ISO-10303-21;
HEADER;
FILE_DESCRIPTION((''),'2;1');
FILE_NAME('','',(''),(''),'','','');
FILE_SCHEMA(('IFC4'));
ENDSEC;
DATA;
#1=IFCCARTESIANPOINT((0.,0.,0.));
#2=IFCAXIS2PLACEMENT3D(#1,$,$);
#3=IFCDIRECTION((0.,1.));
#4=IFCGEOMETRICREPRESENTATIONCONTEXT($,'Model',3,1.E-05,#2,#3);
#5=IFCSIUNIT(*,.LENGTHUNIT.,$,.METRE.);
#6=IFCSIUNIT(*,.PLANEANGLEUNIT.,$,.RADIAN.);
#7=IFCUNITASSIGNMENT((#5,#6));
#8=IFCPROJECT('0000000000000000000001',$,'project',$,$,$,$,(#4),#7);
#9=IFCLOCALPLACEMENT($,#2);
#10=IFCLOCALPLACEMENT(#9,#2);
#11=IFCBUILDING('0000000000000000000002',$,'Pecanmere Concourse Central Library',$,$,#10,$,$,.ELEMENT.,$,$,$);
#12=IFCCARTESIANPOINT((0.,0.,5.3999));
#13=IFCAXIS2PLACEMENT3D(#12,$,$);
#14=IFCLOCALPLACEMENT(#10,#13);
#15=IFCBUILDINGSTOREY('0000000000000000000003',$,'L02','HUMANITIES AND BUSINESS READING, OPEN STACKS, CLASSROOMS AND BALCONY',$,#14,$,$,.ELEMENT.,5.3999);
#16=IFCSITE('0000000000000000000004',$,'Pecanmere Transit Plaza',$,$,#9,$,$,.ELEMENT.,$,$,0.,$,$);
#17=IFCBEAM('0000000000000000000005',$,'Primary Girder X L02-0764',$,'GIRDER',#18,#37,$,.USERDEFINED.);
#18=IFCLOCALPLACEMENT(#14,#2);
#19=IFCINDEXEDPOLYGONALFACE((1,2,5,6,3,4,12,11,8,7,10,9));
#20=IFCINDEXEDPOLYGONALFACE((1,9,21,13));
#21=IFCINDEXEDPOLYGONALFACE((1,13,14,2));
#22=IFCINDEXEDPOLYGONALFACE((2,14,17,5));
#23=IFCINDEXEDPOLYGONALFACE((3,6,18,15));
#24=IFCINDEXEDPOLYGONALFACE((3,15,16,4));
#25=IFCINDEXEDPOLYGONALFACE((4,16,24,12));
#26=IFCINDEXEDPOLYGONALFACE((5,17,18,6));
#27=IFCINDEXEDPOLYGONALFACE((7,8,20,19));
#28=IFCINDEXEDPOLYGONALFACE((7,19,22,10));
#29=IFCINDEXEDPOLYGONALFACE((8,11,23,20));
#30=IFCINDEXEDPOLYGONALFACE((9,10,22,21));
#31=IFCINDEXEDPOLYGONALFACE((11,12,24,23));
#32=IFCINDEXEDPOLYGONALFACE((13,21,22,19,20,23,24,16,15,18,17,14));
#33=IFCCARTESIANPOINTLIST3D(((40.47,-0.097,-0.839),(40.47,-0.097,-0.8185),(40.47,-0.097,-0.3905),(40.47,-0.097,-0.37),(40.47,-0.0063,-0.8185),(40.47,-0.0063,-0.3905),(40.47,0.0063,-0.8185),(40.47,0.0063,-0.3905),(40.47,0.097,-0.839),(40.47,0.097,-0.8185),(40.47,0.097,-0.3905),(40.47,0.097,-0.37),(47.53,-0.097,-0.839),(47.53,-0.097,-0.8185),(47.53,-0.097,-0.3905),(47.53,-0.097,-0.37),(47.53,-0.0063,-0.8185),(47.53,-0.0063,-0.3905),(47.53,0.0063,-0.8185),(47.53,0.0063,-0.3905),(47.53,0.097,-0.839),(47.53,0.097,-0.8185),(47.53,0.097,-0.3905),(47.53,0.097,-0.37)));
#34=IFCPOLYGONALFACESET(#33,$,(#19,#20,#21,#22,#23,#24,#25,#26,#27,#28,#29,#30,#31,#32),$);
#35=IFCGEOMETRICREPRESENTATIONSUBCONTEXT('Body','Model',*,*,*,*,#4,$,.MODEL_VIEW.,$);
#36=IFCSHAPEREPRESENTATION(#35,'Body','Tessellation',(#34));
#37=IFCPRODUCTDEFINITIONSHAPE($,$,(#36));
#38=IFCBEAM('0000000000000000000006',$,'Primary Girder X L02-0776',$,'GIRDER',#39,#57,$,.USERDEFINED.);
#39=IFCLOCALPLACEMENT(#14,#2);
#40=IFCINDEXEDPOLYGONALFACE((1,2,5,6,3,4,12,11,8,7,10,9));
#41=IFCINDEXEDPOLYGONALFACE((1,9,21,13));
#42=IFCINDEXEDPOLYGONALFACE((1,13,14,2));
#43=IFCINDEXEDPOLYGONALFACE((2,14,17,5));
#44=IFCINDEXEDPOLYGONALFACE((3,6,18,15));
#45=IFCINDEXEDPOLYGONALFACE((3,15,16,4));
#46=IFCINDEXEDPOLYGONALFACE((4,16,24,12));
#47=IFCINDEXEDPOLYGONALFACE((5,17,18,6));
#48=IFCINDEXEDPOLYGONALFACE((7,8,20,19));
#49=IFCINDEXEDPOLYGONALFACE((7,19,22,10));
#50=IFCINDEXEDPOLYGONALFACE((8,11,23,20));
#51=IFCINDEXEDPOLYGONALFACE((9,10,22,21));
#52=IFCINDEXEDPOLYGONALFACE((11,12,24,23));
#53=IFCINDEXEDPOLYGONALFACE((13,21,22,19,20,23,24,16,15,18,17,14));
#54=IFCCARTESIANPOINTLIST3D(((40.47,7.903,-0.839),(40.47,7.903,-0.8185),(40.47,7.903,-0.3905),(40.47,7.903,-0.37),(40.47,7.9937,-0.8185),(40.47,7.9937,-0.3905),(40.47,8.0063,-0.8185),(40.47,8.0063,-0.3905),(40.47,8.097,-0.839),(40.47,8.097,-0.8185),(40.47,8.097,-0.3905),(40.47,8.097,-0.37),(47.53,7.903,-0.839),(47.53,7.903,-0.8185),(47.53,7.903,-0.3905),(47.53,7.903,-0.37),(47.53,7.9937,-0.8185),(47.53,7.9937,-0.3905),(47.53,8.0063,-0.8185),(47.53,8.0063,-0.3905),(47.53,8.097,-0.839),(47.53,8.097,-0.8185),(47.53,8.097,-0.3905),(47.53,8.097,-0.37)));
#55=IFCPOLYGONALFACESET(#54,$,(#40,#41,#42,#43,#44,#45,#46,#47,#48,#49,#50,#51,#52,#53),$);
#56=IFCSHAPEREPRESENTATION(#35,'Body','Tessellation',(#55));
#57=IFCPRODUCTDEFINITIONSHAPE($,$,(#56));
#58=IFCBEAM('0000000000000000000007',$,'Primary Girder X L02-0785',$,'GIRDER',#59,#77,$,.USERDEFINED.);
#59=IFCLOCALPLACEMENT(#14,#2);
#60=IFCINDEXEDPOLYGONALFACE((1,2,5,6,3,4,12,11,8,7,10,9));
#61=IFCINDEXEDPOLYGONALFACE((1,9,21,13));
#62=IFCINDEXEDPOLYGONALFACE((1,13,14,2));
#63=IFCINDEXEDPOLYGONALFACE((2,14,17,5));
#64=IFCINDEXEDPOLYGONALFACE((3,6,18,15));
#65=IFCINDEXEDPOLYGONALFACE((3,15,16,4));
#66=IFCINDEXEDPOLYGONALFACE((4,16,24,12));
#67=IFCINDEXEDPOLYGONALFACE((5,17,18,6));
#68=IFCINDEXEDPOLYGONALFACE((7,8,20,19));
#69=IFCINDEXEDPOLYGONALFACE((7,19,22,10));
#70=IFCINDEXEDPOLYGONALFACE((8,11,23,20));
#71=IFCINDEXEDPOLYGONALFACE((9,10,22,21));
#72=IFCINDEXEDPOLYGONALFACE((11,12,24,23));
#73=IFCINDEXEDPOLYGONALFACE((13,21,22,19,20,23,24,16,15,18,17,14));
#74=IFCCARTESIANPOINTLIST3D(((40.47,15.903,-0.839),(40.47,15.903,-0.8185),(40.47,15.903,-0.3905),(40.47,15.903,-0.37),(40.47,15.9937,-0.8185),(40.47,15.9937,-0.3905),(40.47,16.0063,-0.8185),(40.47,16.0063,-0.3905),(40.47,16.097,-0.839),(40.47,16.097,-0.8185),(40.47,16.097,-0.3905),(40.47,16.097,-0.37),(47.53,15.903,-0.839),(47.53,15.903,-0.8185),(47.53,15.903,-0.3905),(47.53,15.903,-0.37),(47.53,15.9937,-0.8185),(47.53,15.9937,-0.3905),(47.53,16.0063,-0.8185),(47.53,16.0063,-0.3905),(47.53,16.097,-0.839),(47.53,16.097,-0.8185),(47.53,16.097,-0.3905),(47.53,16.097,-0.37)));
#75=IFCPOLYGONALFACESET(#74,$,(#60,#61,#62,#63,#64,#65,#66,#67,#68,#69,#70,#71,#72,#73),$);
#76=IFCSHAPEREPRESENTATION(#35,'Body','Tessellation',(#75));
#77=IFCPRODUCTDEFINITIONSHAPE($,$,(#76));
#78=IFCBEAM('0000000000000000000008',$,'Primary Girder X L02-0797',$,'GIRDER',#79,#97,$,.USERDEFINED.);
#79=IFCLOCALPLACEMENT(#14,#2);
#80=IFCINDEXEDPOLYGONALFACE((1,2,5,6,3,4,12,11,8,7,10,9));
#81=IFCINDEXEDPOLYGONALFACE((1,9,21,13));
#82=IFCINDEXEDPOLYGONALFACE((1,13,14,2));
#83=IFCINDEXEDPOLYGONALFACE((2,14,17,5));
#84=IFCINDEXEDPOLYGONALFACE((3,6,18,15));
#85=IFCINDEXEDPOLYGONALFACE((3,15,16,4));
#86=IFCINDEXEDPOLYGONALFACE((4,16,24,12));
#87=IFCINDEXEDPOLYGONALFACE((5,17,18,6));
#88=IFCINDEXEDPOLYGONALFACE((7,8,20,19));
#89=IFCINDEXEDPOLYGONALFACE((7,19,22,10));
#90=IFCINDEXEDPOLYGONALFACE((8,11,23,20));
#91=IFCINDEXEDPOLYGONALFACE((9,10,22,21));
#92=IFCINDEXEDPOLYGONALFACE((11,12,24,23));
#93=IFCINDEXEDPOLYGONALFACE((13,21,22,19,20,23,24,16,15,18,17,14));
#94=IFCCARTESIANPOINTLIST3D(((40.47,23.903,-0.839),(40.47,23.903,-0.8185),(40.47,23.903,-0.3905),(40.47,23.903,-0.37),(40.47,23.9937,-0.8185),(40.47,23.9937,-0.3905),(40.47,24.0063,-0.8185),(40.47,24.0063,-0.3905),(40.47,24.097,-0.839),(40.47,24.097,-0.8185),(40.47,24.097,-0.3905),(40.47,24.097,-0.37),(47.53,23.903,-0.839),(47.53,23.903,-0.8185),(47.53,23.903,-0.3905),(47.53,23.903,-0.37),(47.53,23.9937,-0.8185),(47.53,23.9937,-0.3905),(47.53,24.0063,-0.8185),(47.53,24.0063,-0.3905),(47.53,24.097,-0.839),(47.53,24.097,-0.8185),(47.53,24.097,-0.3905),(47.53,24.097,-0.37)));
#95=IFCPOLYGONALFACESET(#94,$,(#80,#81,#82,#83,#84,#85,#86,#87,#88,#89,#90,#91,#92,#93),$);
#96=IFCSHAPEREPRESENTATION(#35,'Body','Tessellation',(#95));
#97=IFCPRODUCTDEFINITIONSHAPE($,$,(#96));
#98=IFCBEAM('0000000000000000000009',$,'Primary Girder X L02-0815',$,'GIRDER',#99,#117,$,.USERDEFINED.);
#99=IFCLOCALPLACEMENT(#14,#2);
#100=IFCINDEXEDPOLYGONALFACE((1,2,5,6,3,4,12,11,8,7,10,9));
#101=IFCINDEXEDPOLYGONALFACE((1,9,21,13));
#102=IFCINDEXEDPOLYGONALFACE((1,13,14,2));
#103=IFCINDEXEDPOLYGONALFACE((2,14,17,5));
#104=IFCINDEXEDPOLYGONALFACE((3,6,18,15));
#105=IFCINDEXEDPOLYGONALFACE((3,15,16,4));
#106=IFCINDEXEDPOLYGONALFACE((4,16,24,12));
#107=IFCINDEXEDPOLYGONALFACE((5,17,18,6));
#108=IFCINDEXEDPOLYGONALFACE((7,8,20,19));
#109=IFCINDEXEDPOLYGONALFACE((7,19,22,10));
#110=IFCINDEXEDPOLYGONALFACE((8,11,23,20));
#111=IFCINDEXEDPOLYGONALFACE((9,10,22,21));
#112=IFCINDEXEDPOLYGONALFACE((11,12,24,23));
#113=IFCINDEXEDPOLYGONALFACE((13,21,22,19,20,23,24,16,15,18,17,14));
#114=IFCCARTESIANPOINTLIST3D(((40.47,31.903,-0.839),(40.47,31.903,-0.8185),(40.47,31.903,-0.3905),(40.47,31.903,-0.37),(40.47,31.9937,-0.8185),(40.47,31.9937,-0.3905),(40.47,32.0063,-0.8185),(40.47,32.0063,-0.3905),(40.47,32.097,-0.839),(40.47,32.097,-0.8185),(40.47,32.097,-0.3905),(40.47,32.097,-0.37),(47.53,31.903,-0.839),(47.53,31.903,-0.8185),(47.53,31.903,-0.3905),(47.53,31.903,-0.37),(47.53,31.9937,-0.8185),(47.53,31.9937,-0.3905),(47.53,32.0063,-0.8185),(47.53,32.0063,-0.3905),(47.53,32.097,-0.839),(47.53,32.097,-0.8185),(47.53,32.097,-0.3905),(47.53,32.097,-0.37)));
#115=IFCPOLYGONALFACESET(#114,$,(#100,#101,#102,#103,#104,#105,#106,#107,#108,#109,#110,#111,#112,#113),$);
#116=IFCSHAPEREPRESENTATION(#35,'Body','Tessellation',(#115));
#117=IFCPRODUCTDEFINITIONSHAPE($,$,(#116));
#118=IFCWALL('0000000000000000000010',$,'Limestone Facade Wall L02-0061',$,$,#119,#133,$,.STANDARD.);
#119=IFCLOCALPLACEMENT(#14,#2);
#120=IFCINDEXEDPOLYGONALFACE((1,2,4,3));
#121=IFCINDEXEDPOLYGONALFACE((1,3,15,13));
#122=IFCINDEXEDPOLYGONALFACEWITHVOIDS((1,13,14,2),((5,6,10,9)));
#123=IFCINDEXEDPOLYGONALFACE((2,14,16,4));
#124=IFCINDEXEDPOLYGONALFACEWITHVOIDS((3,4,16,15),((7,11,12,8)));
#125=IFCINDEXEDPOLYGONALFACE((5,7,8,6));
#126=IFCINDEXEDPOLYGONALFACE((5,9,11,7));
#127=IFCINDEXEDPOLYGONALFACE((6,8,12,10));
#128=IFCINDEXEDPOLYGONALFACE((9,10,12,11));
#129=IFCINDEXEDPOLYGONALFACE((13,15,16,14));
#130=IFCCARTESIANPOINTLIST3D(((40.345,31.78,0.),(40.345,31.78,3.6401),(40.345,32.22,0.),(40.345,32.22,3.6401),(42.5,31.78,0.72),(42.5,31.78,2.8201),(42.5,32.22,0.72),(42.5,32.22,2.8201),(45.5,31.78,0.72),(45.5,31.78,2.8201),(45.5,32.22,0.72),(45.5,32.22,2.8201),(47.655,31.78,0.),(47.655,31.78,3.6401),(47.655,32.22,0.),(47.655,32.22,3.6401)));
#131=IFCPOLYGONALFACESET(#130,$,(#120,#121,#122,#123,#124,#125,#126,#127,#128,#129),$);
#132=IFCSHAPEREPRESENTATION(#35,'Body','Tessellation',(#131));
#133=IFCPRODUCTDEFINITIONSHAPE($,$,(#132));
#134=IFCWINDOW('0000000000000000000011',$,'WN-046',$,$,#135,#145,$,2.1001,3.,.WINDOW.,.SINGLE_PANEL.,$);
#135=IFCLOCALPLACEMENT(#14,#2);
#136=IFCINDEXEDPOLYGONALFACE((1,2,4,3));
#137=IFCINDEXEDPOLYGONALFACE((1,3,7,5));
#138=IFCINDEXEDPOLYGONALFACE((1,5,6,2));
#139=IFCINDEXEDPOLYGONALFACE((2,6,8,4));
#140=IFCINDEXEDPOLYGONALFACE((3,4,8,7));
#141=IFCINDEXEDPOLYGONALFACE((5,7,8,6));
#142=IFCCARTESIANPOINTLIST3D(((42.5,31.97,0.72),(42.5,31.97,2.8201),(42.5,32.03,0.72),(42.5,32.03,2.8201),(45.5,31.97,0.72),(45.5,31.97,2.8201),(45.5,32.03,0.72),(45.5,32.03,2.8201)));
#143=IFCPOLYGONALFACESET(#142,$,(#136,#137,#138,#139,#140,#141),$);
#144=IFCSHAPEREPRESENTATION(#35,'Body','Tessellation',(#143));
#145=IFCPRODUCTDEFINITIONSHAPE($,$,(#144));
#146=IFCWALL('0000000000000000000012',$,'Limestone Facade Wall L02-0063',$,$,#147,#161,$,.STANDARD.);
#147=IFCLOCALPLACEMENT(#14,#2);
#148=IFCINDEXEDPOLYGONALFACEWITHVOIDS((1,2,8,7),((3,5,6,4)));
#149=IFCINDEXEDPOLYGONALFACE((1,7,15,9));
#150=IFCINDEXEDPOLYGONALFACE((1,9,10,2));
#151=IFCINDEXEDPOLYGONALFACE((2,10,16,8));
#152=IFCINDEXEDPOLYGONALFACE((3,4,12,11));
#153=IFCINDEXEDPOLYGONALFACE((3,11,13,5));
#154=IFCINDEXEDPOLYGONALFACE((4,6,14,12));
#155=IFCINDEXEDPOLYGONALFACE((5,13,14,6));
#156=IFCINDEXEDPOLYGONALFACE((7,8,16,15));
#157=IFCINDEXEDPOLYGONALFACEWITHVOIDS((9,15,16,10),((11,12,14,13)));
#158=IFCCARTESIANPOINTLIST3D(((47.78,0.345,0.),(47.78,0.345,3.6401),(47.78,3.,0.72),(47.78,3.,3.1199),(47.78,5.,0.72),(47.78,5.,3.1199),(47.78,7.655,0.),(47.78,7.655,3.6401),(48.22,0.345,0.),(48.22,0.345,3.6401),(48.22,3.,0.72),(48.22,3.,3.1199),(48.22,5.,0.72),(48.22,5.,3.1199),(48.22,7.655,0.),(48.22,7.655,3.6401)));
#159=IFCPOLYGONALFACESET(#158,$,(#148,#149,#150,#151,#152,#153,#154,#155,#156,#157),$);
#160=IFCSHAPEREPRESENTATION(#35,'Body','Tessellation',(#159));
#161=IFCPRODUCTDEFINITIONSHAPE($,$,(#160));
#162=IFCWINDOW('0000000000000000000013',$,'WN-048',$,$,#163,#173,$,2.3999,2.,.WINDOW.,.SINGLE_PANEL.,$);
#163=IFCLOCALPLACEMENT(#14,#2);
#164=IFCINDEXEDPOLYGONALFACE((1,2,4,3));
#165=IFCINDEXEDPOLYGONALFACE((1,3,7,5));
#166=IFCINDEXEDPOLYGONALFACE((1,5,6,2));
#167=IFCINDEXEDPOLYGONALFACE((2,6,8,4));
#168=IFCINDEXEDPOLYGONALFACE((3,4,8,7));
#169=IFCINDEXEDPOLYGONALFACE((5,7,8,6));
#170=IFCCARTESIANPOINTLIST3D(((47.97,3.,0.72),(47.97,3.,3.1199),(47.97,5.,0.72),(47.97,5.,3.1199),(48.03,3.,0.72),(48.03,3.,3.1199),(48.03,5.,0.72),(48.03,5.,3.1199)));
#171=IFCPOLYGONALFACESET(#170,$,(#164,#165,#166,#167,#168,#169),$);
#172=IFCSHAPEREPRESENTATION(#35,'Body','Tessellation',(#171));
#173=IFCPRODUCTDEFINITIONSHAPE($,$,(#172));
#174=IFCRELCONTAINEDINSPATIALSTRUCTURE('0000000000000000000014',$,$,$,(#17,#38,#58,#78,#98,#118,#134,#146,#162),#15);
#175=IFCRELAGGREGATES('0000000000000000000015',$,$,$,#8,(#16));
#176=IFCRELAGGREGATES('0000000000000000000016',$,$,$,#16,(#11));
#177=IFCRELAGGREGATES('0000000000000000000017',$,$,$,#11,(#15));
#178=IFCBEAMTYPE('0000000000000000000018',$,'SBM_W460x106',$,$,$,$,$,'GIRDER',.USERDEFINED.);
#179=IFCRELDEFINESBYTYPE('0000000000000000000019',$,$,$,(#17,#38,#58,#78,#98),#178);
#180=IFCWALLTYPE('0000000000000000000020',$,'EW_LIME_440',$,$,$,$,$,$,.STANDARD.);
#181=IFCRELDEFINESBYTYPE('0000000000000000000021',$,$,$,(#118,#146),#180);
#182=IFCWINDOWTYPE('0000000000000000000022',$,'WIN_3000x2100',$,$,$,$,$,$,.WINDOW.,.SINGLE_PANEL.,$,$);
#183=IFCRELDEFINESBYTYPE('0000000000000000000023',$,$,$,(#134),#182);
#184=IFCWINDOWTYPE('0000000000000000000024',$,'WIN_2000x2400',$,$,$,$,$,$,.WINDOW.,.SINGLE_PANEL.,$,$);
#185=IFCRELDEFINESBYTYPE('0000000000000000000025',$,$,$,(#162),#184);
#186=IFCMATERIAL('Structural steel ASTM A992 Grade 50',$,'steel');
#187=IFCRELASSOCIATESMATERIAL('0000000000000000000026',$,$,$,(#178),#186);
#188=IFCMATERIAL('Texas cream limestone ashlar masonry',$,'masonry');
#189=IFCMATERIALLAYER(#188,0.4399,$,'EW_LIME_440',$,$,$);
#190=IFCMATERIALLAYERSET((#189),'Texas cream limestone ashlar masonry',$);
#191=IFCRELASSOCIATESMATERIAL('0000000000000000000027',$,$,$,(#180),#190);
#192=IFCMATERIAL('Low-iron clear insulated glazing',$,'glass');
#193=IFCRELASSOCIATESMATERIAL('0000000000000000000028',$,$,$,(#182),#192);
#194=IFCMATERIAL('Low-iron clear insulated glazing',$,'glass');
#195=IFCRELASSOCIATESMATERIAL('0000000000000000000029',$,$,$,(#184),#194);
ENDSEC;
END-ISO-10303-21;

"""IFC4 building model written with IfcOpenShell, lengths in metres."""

from ifc_helpers import new_model, si_unit, direction, frame, frame_2d, origin, origin_2d, place, context, subcontext, project, spatial, rectangle, i_section, extrude, material, layer, layer_set, material_profile, profile_set, type_object, element, fill, save


model = new_model("IFC4")

# Units and contexts
model_context = context("Model", 3, precision=1e-05, world=origin(), true_north=direction((0.0, 1.0)))
body_context = subcontext(model_context, "Body", "Model", "MODEL_VIEW")
ifc_project = project(units=[si_unit("LENGTHUNIT", "METRE"), si_unit("PLANEANGLEUNIT", "RADIAN")], contexts=[model_context])

# Site, building, storey
site_placement = place(None, origin())
site = spatial("IfcSite", under=ifc_project, at=site_placement, Name="Pecanmere Transit Plaza", CompositionType="ELEMENT", RefElevation=0.0)
building_placement = place(site_placement, origin())
building = spatial("IfcBuilding", under=site, at=building_placement, Name="Pecanmere Concourse Central Library", CompositionType="ELEMENT")
storey_placement = place(building_placement, frame((0.0, 0.0, 5.3999)))
storey = spatial("IfcBuildingStorey", under=building, at=storey_placement, Name="L02", Description="HUMANITIES AND BUSINESS READING, OPEN STACKS, CLASSROOMS AND BALCONY", CompositionType="ELEMENT", Elevation=5.3999)

# Beams
ifc_material_1 = material(Name="Structural steel ASTM A992 Grade 50", Category="steel")
ifc_material_profile_1 = material_profile(ifc_material_1, i_section(OverallWidth=0.1941, OverallDepth=0.469, WebThickness=0.0127, FlangeThickness=0.0205, at=origin_2d()), Name="W460x106")
ifc_profile_set_1 = profile_set([ifc_material_profile_1], Name="Structural steel ASTM A992 Grade 50")
beam_type_1 = type_object("IfcBeamType", Name="SBM_W460x106", ElementType="GIRDER", PredefinedType="USERDEFINED", material=ifc_profile_set_1)
for number, where, z_axis, x_axis, name in (
    (1, (40.47, 0.0, -0.6045), (1.0, 0.0, 0.0), (0.0, 1.0, 0.0), "Primary Girder X L02-0764"),
    (2, (40.47, 8.0, -0.6045), (1.0, 0.0, 0.0), (0.0, 1.0, 0.0), "Primary Girder X L02-0776"),
    (3, (40.47, 16.0, -0.6045), (1.0, 0.0, 0.0), (0.0, 1.0, 0.0), "Primary Girder X L02-0785"),
    (4, (40.47, 24.0, -0.6045), (1.0, 0.0, 0.0), (0.0, 1.0, 0.0), "Primary Girder X L02-0797"),
    (5, (40.47, 32.0, -0.6045), (1.0, 0.0, 0.0), (0.0, 1.0, 0.0), "Primary Girder X L02-0815"),
):
    element("IfcBeam", number, at=place(storey_placement, frame(where, z_axis=z_axis, x_axis=x_axis)), inside=storey, type_object=beam_type_1, Name=name, ObjectType="GIRDER", PredefinedType="USERDEFINED", context=body_context, shape_type="SweptSolid", body=[
        extrude(i_section(OverallWidth=0.1941, OverallDepth=0.469, WebThickness=0.0127, FlangeThickness=0.0205, at=origin_2d()), origin(), (0.0, 0.0, 1.0), 7.0601),
    ])

# Walls, openings, windows
ifc_material_2 = material(Name="Texas cream limestone ashlar masonry", Category="masonry")
ifc_layer_1 = layer(ifc_material_2, 0.4399, Name="EW_LIME_440")
ifc_layer_set_1 = layer_set([ifc_layer_1], Name="Texas cream limestone ashlar masonry")
wall_type_1 = type_object("IfcWallType", Name="EW_LIME_440", PredefinedType="STANDARD", material=ifc_layer_set_1)
wall_1_placement = place(storey_placement, frame((47.655, 32.0, 0.0), z_axis=(0.0, 0.0, 1.0), x_axis=(-1.0, 0.0, 0.0)))
wall_1 = element("IfcWall", 6, at=wall_1_placement, inside=storey, type_object=wall_type_1, Name="Limestone Facade Wall L02-0061", PredefinedType="STANDARD", context=body_context, shape_type="SweptSolid", body=[
    extrude(rectangle(XDim=7.3101, YDim=0.4399, at=frame_2d((3.655, 0.0))), origin(), (0.0, 0.0, 1.0), 3.6401),
])
opening_1_placement = place(wall_1_placement, frame((2.155, 0.0, 0.72)))
opening_1 = element("IfcOpeningElement", 7, at=opening_1_placement, cuts=wall_1, PredefinedType="OPENING", context=body_context, shape_type="SweptSolid", body=[
    extrude(rectangle(XDim=3.0, YDim=2.1001, at=frame_2d((1.5, 1.05))), frame((0.0, 0.2319, 0.0), z_axis=(0.0, -1.0, 0.0), x_axis=(1.0, 0.0, 0.0)), (0.0, 0.0, 1.0), 0.4639),
])
ifc_material_3 = material(Name="Low-iron clear insulated glazing", Category="glass")
window_type_1 = type_object("IfcWindowType", Name="WIN_3000x2100", PartitioningType="SINGLE_PANEL", PredefinedType="WINDOW", material=ifc_material_3)
window_1_placement = place(opening_1_placement, origin())
window_1 = element("IfcWindow", 8, at=window_1_placement, inside=storey, type_object=window_type_1, Name="WN-046", OverallHeight=2.1001, OverallWidth=3.0, PartitioningType="SINGLE_PANEL", PredefinedType="WINDOW", context=body_context, shape_type="SweptSolid", body=[
    extrude(rectangle(XDim=3.0, YDim=2.1001, at=frame_2d((1.5, 1.05))), frame((0.0, 0.03, 0.0), z_axis=(0.0, -1.0, 0.0), x_axis=(1.0, 0.0, 0.0)), (0.0, 0.0, 1.0), 0.0601),
])
fill(opening_1, window_1)
wall_2_placement = place(storey_placement, frame((48.0, 0.345, 0.0), z_axis=(0.0, 0.0, 1.0), x_axis=(0.0, 1.0, 0.0)))
wall_2 = element("IfcWall", 9, at=wall_2_placement, inside=storey, type_object=wall_type_1, Name="Limestone Facade Wall L02-0063", PredefinedType="STANDARD", context=body_context, shape_type="SweptSolid", body=[
    extrude(rectangle(XDim=7.3101, YDim=0.4399, at=frame_2d((3.655, 0.0))), origin(), (0.0, 0.0, 1.0), 3.6401),
])
opening_2_placement = place(wall_2_placement, frame((2.655, 0.0, 0.72)))
opening_2 = element("IfcOpeningElement", 10, at=opening_2_placement, cuts=wall_2, PredefinedType="OPENING", context=body_context, shape_type="SweptSolid", body=[
    extrude(rectangle(XDim=2.0, YDim=2.3999, at=frame_2d((1.0, 1.2))), frame((0.0, 0.2319, 0.0), z_axis=(0.0, -1.0, 0.0), x_axis=(1.0, 0.0, 0.0)), (0.0, 0.0, 1.0), 0.4639),
])
ifc_material_4 = material(Name="Low-iron clear insulated glazing", Category="glass")
window_type_2 = type_object("IfcWindowType", Name="WIN_2000x2400", PartitioningType="SINGLE_PANEL", PredefinedType="WINDOW", material=ifc_material_4)
window_2_placement = place(opening_2_placement, origin())
window_2 = element("IfcWindow", 11, at=window_2_placement, inside=storey, type_object=window_type_2, Name="WN-048", OverallHeight=2.3999, OverallWidth=2.0, PartitioningType="SINGLE_PANEL", PredefinedType="WINDOW", context=body_context, shape_type="SweptSolid", body=[
    extrude(rectangle(XDim=2.0, YDim=2.3999, at=frame_2d((1.0, 1.2))), frame((0.0, 0.03, 0.0), z_axis=(0.0, -1.0, 0.0), x_axis=(1.0, 0.0, 0.0)), (0.0, 0.0, 1.0), 0.0601),
])
fill(opening_2, window_2)

save(model, "model.ifc")
